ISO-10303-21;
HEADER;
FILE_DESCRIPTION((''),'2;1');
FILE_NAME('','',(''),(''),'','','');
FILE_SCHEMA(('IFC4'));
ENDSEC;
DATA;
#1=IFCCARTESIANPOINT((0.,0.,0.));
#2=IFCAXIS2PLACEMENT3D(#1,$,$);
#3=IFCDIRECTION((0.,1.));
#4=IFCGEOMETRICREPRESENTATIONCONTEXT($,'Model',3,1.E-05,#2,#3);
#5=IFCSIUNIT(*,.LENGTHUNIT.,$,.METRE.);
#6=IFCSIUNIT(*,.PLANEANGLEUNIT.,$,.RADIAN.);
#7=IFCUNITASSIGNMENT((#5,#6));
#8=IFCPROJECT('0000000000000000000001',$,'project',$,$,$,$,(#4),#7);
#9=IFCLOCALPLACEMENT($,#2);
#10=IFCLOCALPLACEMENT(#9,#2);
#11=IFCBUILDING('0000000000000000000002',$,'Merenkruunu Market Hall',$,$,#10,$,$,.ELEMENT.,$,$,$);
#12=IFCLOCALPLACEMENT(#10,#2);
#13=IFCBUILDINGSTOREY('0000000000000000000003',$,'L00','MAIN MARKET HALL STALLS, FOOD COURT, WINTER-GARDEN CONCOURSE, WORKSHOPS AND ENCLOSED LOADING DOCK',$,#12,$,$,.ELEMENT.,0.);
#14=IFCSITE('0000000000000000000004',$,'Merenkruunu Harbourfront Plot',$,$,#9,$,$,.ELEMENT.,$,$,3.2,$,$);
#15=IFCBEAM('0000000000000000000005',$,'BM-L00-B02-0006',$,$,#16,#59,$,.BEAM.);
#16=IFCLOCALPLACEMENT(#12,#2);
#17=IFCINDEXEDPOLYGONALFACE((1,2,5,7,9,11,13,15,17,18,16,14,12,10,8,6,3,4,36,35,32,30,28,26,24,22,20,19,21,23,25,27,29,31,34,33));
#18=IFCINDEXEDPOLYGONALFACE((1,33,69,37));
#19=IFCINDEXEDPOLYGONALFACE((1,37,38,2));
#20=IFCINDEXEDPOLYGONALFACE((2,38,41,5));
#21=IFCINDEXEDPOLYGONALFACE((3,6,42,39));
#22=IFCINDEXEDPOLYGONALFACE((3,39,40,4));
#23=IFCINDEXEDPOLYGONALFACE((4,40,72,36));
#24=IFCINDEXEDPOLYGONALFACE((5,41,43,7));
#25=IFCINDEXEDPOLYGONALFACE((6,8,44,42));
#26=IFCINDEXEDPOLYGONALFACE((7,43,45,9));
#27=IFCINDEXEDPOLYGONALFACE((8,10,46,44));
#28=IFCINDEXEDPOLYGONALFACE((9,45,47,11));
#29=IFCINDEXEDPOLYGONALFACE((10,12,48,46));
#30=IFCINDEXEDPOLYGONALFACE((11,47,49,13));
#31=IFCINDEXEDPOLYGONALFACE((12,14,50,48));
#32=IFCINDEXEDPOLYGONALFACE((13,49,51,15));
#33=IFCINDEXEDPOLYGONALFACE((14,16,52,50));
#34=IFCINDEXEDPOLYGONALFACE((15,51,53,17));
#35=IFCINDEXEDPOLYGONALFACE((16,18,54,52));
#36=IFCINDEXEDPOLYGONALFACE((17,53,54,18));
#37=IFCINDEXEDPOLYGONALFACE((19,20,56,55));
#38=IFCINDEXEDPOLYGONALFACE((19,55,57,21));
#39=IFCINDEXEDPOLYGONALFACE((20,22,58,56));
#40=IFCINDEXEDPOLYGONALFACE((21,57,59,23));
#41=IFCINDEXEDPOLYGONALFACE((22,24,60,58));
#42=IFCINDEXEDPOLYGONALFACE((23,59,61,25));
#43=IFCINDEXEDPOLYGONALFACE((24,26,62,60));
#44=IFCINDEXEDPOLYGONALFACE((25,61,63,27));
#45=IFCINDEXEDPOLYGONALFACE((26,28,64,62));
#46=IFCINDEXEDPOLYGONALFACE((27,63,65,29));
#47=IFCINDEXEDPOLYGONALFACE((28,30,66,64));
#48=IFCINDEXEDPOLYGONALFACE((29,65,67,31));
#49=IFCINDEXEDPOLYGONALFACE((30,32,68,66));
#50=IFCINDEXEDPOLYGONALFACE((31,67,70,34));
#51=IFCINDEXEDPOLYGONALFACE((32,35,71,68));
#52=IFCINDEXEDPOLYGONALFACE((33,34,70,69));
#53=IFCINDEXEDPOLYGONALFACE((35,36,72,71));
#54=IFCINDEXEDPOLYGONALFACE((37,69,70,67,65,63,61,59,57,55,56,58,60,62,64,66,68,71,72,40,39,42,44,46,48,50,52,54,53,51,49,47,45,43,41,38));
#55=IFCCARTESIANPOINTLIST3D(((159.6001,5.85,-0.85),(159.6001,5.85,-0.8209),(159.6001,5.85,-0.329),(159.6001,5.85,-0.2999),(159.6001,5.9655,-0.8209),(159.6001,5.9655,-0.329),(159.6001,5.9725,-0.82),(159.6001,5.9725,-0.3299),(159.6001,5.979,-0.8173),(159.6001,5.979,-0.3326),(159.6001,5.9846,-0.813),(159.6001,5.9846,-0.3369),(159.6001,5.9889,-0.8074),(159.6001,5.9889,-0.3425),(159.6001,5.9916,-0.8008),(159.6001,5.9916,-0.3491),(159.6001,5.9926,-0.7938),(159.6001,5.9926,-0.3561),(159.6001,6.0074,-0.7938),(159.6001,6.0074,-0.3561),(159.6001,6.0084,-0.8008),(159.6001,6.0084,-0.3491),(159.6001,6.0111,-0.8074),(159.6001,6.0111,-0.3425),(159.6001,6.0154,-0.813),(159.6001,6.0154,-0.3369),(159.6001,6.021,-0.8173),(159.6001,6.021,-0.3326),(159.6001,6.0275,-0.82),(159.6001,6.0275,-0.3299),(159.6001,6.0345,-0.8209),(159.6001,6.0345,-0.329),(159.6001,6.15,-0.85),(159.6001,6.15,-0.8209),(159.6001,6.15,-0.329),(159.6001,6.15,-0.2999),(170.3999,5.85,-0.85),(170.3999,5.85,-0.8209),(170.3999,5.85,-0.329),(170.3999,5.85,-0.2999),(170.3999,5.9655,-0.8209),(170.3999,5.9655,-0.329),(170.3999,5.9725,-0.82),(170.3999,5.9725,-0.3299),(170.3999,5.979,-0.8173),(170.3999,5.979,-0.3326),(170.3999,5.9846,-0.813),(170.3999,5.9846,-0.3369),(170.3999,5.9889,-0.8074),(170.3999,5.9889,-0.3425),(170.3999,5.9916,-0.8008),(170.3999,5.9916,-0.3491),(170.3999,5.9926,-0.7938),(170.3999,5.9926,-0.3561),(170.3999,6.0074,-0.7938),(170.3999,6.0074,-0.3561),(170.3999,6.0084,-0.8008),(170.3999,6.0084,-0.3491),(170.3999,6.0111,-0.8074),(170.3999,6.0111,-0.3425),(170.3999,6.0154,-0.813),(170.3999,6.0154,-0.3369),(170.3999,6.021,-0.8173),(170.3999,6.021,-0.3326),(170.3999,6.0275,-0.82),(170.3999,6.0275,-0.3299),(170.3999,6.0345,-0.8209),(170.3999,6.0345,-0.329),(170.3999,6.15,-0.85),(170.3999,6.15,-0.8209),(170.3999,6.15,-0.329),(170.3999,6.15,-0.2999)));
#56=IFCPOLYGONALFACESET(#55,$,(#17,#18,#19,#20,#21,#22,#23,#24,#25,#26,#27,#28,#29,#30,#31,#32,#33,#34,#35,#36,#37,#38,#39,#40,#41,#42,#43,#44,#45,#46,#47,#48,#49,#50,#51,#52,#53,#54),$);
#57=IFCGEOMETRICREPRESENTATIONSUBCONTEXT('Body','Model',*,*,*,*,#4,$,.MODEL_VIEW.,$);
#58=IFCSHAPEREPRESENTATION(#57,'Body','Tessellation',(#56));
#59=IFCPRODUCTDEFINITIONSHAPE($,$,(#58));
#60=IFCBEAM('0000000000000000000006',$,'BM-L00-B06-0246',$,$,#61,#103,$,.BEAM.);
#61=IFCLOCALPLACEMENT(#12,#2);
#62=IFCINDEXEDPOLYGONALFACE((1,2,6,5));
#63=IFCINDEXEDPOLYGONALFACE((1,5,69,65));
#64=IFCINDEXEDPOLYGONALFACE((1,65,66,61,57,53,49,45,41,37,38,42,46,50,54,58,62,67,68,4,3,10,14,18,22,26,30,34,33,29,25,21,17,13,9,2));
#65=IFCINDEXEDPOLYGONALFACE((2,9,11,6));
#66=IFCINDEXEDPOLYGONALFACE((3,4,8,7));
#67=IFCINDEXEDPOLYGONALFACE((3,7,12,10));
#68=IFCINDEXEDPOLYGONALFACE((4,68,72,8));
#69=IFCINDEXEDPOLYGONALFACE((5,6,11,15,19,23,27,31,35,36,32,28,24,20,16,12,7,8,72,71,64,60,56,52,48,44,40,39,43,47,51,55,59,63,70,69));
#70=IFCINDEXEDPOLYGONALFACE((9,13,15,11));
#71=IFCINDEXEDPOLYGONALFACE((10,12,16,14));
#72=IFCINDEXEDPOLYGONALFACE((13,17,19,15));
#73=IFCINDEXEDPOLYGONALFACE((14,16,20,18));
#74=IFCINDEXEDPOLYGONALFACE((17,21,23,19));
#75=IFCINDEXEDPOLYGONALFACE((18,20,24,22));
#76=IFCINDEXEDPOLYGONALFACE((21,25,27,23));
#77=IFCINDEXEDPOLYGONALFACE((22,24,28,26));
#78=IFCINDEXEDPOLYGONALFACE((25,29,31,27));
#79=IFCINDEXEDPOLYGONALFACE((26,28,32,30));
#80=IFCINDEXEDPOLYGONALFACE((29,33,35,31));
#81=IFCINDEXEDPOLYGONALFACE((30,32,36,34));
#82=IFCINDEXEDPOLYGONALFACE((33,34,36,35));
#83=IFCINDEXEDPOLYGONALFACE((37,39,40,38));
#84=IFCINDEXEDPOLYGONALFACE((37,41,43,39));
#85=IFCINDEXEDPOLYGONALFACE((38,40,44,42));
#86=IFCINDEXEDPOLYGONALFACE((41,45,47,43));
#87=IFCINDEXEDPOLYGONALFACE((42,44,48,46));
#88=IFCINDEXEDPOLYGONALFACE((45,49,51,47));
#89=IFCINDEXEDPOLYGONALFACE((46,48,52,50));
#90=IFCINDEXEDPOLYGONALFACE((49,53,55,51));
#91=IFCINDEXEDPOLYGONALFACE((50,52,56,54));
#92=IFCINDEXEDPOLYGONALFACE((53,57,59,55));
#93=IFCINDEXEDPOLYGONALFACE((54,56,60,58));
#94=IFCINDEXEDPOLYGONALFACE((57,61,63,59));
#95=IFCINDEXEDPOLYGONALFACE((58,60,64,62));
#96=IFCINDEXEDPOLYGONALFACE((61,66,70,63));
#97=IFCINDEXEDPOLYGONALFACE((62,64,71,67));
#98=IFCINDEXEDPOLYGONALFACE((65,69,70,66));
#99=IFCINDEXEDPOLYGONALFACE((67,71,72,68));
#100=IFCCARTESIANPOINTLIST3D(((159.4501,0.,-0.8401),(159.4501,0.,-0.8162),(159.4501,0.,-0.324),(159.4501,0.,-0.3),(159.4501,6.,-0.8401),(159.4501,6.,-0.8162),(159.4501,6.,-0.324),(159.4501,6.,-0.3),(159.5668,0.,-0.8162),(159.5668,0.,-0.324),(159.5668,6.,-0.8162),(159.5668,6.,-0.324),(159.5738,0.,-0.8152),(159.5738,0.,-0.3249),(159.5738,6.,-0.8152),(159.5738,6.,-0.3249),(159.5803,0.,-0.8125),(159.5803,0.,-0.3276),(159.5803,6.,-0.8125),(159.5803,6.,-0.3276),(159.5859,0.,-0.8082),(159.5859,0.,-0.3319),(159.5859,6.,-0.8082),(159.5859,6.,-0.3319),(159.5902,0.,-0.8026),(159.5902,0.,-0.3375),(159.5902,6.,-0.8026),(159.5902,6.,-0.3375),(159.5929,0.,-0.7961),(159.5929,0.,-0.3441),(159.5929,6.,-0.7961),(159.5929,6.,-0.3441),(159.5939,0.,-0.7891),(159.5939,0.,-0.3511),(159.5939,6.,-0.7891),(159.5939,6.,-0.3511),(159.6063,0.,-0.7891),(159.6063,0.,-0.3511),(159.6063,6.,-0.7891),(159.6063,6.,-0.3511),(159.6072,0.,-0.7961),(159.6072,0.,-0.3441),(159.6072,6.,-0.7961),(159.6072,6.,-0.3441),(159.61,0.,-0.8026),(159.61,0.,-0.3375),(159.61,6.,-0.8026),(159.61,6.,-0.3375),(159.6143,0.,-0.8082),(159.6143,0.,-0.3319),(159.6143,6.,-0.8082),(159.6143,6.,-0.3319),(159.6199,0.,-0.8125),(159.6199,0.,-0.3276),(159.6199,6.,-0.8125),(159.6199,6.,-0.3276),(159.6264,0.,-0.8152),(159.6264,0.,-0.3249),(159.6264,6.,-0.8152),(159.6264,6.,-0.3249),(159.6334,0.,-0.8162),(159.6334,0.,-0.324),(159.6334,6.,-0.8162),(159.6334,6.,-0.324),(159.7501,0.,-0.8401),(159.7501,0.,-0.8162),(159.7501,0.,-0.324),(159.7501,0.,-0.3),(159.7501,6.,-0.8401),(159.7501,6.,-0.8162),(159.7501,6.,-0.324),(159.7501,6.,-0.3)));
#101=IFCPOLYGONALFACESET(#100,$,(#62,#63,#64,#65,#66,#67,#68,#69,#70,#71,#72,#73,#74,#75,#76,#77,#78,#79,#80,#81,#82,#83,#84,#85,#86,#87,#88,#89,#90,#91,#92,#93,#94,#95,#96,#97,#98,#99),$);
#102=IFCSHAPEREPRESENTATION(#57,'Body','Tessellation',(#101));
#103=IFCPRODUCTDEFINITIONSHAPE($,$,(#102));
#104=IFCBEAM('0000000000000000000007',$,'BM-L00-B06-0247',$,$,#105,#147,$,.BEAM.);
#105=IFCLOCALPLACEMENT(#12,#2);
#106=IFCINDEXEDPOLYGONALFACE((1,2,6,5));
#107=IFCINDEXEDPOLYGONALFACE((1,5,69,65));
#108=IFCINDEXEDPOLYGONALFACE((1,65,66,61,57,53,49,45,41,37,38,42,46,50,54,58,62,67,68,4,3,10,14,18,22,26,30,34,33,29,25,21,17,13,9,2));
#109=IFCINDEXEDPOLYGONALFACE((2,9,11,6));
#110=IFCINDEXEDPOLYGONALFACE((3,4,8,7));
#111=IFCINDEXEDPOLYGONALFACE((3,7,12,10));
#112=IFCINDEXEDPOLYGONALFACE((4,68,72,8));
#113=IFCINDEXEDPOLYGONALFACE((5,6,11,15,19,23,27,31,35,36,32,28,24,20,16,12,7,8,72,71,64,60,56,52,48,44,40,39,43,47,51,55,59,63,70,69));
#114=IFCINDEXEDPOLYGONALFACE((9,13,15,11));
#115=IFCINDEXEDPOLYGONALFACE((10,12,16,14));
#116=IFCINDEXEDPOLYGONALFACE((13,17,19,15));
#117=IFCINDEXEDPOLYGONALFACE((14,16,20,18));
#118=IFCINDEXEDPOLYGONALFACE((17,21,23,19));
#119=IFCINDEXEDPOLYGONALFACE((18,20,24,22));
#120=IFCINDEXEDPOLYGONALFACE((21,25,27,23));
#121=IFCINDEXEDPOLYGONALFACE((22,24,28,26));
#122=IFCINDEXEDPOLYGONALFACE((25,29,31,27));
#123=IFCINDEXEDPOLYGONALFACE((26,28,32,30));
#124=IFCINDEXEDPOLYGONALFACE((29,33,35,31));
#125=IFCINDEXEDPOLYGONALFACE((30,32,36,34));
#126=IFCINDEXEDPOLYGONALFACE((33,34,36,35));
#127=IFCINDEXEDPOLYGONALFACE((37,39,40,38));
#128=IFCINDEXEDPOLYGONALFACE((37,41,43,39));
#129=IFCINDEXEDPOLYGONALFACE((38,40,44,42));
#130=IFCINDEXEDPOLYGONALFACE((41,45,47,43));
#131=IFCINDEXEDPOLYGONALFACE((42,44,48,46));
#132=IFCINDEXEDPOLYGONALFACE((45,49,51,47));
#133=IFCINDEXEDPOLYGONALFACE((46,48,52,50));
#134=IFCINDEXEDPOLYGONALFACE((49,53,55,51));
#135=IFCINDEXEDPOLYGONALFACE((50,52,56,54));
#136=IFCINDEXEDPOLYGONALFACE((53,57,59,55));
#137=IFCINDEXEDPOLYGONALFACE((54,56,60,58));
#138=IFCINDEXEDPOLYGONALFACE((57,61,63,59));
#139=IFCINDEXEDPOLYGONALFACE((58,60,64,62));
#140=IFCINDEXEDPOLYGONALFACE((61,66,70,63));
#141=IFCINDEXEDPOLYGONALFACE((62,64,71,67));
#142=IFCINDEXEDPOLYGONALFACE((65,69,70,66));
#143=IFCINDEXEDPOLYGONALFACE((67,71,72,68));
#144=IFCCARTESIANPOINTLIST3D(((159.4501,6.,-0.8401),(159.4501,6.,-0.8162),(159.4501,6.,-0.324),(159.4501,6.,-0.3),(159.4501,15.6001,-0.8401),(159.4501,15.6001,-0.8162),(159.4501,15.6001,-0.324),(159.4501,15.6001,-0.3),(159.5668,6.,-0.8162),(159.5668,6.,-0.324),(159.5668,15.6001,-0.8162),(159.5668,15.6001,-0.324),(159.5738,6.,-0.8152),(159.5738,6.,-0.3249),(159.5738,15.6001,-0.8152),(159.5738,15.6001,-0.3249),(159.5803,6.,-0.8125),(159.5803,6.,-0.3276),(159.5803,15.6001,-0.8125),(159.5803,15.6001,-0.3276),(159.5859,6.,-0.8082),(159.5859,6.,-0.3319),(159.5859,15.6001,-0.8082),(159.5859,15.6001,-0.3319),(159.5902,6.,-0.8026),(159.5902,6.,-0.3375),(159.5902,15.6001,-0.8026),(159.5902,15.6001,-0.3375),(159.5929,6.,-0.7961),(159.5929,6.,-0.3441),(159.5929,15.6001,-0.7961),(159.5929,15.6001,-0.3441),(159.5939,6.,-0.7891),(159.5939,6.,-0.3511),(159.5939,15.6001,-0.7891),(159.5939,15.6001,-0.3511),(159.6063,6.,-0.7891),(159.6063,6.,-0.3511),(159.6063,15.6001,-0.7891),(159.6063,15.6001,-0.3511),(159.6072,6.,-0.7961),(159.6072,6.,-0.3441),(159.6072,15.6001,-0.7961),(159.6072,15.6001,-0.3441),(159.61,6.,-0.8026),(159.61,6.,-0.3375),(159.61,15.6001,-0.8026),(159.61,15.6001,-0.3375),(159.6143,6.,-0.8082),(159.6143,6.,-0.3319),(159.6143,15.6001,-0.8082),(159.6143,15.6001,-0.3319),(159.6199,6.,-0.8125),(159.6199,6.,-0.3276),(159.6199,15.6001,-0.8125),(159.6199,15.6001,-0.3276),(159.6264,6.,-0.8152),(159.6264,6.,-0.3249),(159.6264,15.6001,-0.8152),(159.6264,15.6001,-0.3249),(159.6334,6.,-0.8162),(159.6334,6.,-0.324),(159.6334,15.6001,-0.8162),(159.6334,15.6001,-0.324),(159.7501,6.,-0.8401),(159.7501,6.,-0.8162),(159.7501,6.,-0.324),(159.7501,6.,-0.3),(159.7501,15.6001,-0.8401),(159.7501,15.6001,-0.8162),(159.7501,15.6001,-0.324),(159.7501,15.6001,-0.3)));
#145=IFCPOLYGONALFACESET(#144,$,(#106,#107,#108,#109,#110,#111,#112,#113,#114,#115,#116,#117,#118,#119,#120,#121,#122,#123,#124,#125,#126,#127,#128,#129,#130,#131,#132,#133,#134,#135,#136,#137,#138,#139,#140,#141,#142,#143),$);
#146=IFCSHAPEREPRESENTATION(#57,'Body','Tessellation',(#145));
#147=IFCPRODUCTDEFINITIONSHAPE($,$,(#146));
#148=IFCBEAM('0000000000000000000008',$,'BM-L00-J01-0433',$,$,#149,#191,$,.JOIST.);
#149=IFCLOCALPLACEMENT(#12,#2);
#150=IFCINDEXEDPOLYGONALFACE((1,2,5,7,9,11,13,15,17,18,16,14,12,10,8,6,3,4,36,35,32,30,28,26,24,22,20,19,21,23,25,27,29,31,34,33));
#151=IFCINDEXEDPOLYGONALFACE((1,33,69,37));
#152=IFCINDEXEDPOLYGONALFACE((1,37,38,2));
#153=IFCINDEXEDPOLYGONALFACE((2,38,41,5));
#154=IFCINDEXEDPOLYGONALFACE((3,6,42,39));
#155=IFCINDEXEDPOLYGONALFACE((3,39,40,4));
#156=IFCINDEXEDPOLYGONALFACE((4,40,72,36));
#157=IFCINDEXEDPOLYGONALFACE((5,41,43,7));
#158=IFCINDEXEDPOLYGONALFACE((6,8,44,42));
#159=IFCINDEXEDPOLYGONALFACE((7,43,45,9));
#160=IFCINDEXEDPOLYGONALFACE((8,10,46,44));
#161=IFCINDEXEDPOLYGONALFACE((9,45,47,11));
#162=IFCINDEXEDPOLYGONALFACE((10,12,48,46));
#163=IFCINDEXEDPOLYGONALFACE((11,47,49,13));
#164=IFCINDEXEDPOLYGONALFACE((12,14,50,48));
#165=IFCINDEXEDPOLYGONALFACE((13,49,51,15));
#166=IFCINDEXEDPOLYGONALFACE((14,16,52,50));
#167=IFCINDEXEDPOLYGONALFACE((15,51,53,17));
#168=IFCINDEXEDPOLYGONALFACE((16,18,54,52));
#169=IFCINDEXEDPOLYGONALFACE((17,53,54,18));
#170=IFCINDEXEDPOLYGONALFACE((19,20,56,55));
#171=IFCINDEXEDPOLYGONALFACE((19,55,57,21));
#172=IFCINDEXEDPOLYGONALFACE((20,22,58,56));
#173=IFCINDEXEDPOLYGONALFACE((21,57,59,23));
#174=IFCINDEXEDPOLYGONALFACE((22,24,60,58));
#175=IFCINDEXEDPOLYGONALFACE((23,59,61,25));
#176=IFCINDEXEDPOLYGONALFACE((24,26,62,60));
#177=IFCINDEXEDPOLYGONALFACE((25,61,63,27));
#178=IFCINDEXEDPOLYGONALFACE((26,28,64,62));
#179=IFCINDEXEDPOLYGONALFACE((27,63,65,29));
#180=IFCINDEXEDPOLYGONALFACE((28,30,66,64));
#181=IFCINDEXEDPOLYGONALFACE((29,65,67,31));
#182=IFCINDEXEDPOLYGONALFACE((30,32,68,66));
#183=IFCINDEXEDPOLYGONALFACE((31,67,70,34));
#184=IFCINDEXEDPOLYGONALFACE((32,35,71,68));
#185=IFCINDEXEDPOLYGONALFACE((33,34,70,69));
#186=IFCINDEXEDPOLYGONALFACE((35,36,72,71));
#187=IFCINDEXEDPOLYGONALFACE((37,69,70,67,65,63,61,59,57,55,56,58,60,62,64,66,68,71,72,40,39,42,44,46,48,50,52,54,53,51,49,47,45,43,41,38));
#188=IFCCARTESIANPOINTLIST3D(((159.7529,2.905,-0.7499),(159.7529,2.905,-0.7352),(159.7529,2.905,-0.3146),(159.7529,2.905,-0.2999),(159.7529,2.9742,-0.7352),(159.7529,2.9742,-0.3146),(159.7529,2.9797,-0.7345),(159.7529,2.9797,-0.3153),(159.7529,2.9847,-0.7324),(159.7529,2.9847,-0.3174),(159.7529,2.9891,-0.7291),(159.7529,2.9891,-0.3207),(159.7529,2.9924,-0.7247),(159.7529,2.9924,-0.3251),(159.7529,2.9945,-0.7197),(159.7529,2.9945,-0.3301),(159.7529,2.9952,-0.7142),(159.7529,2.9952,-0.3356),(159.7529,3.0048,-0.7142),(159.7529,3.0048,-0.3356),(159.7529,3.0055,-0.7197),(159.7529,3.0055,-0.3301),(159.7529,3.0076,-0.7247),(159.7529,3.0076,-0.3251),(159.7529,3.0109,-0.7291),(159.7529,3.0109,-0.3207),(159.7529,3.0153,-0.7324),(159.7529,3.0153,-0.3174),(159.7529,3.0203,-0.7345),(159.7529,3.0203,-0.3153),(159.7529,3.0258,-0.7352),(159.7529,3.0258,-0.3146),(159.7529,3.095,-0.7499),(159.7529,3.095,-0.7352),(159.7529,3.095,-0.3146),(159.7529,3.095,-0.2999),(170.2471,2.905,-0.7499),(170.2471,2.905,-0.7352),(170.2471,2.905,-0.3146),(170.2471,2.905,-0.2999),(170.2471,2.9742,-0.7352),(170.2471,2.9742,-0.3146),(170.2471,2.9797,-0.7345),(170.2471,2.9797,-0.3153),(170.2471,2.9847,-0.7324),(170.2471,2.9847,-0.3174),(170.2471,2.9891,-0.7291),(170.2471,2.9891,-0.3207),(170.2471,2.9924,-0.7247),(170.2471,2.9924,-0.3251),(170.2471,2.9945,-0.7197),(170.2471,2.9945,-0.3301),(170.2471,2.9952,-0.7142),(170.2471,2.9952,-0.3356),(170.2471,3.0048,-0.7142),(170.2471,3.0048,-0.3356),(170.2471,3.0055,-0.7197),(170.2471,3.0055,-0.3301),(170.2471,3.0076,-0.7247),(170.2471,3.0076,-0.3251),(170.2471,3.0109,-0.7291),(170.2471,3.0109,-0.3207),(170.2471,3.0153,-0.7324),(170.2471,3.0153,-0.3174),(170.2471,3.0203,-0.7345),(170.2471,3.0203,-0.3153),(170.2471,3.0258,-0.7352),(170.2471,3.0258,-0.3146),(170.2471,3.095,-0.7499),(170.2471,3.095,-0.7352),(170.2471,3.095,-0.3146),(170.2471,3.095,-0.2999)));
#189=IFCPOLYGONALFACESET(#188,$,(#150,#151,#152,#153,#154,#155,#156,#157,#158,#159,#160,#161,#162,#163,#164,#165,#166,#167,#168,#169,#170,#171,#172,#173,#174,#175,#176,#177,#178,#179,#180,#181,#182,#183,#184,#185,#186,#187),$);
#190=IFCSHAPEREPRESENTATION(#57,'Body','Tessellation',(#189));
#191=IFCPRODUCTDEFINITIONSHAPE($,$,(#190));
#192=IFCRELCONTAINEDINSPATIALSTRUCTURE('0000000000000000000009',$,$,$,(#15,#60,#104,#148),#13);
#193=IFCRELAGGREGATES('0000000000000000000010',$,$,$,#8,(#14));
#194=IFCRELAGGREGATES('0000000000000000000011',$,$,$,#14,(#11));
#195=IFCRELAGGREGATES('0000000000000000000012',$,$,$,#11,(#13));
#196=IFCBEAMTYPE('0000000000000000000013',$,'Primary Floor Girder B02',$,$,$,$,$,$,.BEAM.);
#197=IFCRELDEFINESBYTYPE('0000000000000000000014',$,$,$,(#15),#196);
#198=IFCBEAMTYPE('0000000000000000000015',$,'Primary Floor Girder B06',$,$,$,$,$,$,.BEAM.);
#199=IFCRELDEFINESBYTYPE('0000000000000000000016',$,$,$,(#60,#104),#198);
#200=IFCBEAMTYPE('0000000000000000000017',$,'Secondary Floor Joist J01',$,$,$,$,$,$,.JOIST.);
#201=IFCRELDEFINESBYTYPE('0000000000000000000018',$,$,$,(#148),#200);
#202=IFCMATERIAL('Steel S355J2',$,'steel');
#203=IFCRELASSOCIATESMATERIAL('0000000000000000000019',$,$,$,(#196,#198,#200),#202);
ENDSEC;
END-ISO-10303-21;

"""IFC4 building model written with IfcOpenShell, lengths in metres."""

from ifc_helpers import new_model, si_unit, direction, frame, origin, origin_2d, place, context, subcontext, project, spatial, i_section, extrude, material, material_profile, profile_set, type_object, element, save


model = new_model("IFC4")

# Units and contexts
model_context = context("Model", 3, precision=1e-05, world=origin(), true_north=direction((0.0, 1.0)))
body_context = subcontext(model_context, "Body", "Model", "MODEL_VIEW")
ifc_project = project(units=[si_unit("LENGTHUNIT", "METRE"), si_unit("PLANEANGLEUNIT", "RADIAN")], contexts=[model_context])

# Site, building, storey
site_placement = place(None, origin())
site = spatial("IfcSite", under=ifc_project, at=site_placement, Name="Merenkruunu Harbourfront Plot", CompositionType="ELEMENT", RefElevation=3.2)
building_placement = place(site_placement, origin())
building = spatial("IfcBuilding", under=site, at=building_placement, Name="Merenkruunu Market Hall", CompositionType="ELEMENT")
storey_placement = place(building_placement, origin())
storey = spatial("IfcBuildingStorey", under=building, at=storey_placement, Name="L00", Description="MAIN MARKET HALL STALLS, FOOD COURT, WINTER-GARDEN CONCOURSE, WORKSHOPS AND ENCLOSED LOADING DOCK", CompositionType="ELEMENT", Elevation=0.0)

# Beams
ifc_material_1 = material(Name="Steel S355J2", Category="steel")
ifc_material_profile_1 = material_profile(ifc_material_1, i_section(OverallWidth=0.3, OverallDepth=0.55, WebThickness=0.0149, FlangeThickness=0.0291, FilletRadius=0.0271, at=origin_2d()), Name="HEB 550")
ifc_profile_set_1 = profile_set([ifc_material_profile_1], Name="Steel S355J2")
beam_type_1 = type_object("IfcBeamType", Name="Primary Floor Girder B02", PredefinedType="BEAM", material=ifc_profile_set_1)
for number, where, z_axis, x_axis, name in (
    (1, (159.6001, 6.0, -0.575), (1.0, 0.0, 0.0), (0.0, 1.0, 0.0), "BM-L00-B02-0006"),
):
    element("IfcBeam", number, at=place(storey_placement, frame(where, z_axis=z_axis, x_axis=x_axis)), inside=storey, type_object=beam_type_1, Name=name, PredefinedType="BEAM", context=body_context, shape_type="SweptSolid", body=[
        extrude(i_section(OverallWidth=0.3, OverallDepth=0.55, WebThickness=0.0149, FlangeThickness=0.0291, FilletRadius=0.0271, at=origin_2d()), origin(), (0.0, 0.0, 1.0), 10.7998),
    ])
ifc_material_profile_2 = material_profile(ifc_material_1, i_section(OverallWidth=0.3, OverallDepth=0.54, WebThickness=0.0125, FlangeThickness=0.0239, FilletRadius=0.0271, at=origin_2d()), Name="HEA 550")
ifc_profile_set_2 = profile_set([ifc_material_profile_2], Name="Steel S355J2")
beam_type_2 = type_object("IfcBeamType", Name="Primary Floor Girder B06", PredefinedType="BEAM", material=ifc_profile_set_2)
beam_1_placement = place(storey_placement, frame((159.6001, 0.0, -0.5701), z_axis=(0.0, 1.0, 0.0), x_axis=(-1.0, 0.0, 0.0)))
element("IfcBeam", 2, at=beam_1_placement, inside=storey, type_object=beam_type_2, Name="BM-L00-B06-0246", PredefinedType="BEAM", context=body_context, shape_type="SweptSolid", body=[
    extrude(i_section(OverallWidth=0.3, OverallDepth=0.54, WebThickness=0.0125, FlangeThickness=0.0239, FilletRadius=0.0271, at=origin_2d()), origin(), (0.0, 0.0, 1.0), 6.0),
])
beam_2_placement = place(storey_placement, frame((159.6001, 6.0, -0.5701), z_axis=(0.0, 1.0, 0.0), x_axis=(-1.0, 0.0, 0.0)))
element("IfcBeam", 3, at=beam_2_placement, inside=storey, type_object=beam_type_2, Name="BM-L00-B06-0247", PredefinedType="BEAM", context=body_context, shape_type="SweptSolid", body=[
    extrude(i_section(OverallWidth=0.3, OverallDepth=0.54, WebThickness=0.0125, FlangeThickness=0.0239, FilletRadius=0.0271, at=origin_2d()), origin(), (0.0, 0.0, 1.0), 9.6001),
])
ifc_material_profile_3 = material_profile(ifc_material_1, i_section(OverallWidth=0.1899, OverallDepth=0.45, WebThickness=0.0095, FlangeThickness=0.0146, FilletRadius=0.021, at=origin_2d()), Name="IPE 450")
ifc_profile_set_3 = profile_set([ifc_material_profile_3], Name="Steel S355J2")
beam_type_3 = type_object("IfcBeamType", Name="Secondary Floor Joist J01", PredefinedType="JOIST", material=ifc_profile_set_3)
for number, where, z_axis, x_axis, name in (
    (4, (159.7529, 3.0, -0.5249), (1.0, 0.0, 0.0), (0.0, 1.0, 0.0), "BM-L00-J01-0433"),
):
    element("IfcBeam", number, at=place(storey_placement, frame(where, z_axis=z_axis, x_axis=x_axis)), inside=storey, type_object=beam_type_3, Name=name, PredefinedType="JOIST", context=body_context, shape_type="SweptSolid", body=[
        extrude(i_section(OverallWidth=0.1899, OverallDepth=0.45, WebThickness=0.0095, FlangeThickness=0.0146, FilletRadius=0.021, at=origin_2d()), origin(), (0.0, 0.0, 1.0), 10.4941),
    ])

save(model, "model.ifc")
